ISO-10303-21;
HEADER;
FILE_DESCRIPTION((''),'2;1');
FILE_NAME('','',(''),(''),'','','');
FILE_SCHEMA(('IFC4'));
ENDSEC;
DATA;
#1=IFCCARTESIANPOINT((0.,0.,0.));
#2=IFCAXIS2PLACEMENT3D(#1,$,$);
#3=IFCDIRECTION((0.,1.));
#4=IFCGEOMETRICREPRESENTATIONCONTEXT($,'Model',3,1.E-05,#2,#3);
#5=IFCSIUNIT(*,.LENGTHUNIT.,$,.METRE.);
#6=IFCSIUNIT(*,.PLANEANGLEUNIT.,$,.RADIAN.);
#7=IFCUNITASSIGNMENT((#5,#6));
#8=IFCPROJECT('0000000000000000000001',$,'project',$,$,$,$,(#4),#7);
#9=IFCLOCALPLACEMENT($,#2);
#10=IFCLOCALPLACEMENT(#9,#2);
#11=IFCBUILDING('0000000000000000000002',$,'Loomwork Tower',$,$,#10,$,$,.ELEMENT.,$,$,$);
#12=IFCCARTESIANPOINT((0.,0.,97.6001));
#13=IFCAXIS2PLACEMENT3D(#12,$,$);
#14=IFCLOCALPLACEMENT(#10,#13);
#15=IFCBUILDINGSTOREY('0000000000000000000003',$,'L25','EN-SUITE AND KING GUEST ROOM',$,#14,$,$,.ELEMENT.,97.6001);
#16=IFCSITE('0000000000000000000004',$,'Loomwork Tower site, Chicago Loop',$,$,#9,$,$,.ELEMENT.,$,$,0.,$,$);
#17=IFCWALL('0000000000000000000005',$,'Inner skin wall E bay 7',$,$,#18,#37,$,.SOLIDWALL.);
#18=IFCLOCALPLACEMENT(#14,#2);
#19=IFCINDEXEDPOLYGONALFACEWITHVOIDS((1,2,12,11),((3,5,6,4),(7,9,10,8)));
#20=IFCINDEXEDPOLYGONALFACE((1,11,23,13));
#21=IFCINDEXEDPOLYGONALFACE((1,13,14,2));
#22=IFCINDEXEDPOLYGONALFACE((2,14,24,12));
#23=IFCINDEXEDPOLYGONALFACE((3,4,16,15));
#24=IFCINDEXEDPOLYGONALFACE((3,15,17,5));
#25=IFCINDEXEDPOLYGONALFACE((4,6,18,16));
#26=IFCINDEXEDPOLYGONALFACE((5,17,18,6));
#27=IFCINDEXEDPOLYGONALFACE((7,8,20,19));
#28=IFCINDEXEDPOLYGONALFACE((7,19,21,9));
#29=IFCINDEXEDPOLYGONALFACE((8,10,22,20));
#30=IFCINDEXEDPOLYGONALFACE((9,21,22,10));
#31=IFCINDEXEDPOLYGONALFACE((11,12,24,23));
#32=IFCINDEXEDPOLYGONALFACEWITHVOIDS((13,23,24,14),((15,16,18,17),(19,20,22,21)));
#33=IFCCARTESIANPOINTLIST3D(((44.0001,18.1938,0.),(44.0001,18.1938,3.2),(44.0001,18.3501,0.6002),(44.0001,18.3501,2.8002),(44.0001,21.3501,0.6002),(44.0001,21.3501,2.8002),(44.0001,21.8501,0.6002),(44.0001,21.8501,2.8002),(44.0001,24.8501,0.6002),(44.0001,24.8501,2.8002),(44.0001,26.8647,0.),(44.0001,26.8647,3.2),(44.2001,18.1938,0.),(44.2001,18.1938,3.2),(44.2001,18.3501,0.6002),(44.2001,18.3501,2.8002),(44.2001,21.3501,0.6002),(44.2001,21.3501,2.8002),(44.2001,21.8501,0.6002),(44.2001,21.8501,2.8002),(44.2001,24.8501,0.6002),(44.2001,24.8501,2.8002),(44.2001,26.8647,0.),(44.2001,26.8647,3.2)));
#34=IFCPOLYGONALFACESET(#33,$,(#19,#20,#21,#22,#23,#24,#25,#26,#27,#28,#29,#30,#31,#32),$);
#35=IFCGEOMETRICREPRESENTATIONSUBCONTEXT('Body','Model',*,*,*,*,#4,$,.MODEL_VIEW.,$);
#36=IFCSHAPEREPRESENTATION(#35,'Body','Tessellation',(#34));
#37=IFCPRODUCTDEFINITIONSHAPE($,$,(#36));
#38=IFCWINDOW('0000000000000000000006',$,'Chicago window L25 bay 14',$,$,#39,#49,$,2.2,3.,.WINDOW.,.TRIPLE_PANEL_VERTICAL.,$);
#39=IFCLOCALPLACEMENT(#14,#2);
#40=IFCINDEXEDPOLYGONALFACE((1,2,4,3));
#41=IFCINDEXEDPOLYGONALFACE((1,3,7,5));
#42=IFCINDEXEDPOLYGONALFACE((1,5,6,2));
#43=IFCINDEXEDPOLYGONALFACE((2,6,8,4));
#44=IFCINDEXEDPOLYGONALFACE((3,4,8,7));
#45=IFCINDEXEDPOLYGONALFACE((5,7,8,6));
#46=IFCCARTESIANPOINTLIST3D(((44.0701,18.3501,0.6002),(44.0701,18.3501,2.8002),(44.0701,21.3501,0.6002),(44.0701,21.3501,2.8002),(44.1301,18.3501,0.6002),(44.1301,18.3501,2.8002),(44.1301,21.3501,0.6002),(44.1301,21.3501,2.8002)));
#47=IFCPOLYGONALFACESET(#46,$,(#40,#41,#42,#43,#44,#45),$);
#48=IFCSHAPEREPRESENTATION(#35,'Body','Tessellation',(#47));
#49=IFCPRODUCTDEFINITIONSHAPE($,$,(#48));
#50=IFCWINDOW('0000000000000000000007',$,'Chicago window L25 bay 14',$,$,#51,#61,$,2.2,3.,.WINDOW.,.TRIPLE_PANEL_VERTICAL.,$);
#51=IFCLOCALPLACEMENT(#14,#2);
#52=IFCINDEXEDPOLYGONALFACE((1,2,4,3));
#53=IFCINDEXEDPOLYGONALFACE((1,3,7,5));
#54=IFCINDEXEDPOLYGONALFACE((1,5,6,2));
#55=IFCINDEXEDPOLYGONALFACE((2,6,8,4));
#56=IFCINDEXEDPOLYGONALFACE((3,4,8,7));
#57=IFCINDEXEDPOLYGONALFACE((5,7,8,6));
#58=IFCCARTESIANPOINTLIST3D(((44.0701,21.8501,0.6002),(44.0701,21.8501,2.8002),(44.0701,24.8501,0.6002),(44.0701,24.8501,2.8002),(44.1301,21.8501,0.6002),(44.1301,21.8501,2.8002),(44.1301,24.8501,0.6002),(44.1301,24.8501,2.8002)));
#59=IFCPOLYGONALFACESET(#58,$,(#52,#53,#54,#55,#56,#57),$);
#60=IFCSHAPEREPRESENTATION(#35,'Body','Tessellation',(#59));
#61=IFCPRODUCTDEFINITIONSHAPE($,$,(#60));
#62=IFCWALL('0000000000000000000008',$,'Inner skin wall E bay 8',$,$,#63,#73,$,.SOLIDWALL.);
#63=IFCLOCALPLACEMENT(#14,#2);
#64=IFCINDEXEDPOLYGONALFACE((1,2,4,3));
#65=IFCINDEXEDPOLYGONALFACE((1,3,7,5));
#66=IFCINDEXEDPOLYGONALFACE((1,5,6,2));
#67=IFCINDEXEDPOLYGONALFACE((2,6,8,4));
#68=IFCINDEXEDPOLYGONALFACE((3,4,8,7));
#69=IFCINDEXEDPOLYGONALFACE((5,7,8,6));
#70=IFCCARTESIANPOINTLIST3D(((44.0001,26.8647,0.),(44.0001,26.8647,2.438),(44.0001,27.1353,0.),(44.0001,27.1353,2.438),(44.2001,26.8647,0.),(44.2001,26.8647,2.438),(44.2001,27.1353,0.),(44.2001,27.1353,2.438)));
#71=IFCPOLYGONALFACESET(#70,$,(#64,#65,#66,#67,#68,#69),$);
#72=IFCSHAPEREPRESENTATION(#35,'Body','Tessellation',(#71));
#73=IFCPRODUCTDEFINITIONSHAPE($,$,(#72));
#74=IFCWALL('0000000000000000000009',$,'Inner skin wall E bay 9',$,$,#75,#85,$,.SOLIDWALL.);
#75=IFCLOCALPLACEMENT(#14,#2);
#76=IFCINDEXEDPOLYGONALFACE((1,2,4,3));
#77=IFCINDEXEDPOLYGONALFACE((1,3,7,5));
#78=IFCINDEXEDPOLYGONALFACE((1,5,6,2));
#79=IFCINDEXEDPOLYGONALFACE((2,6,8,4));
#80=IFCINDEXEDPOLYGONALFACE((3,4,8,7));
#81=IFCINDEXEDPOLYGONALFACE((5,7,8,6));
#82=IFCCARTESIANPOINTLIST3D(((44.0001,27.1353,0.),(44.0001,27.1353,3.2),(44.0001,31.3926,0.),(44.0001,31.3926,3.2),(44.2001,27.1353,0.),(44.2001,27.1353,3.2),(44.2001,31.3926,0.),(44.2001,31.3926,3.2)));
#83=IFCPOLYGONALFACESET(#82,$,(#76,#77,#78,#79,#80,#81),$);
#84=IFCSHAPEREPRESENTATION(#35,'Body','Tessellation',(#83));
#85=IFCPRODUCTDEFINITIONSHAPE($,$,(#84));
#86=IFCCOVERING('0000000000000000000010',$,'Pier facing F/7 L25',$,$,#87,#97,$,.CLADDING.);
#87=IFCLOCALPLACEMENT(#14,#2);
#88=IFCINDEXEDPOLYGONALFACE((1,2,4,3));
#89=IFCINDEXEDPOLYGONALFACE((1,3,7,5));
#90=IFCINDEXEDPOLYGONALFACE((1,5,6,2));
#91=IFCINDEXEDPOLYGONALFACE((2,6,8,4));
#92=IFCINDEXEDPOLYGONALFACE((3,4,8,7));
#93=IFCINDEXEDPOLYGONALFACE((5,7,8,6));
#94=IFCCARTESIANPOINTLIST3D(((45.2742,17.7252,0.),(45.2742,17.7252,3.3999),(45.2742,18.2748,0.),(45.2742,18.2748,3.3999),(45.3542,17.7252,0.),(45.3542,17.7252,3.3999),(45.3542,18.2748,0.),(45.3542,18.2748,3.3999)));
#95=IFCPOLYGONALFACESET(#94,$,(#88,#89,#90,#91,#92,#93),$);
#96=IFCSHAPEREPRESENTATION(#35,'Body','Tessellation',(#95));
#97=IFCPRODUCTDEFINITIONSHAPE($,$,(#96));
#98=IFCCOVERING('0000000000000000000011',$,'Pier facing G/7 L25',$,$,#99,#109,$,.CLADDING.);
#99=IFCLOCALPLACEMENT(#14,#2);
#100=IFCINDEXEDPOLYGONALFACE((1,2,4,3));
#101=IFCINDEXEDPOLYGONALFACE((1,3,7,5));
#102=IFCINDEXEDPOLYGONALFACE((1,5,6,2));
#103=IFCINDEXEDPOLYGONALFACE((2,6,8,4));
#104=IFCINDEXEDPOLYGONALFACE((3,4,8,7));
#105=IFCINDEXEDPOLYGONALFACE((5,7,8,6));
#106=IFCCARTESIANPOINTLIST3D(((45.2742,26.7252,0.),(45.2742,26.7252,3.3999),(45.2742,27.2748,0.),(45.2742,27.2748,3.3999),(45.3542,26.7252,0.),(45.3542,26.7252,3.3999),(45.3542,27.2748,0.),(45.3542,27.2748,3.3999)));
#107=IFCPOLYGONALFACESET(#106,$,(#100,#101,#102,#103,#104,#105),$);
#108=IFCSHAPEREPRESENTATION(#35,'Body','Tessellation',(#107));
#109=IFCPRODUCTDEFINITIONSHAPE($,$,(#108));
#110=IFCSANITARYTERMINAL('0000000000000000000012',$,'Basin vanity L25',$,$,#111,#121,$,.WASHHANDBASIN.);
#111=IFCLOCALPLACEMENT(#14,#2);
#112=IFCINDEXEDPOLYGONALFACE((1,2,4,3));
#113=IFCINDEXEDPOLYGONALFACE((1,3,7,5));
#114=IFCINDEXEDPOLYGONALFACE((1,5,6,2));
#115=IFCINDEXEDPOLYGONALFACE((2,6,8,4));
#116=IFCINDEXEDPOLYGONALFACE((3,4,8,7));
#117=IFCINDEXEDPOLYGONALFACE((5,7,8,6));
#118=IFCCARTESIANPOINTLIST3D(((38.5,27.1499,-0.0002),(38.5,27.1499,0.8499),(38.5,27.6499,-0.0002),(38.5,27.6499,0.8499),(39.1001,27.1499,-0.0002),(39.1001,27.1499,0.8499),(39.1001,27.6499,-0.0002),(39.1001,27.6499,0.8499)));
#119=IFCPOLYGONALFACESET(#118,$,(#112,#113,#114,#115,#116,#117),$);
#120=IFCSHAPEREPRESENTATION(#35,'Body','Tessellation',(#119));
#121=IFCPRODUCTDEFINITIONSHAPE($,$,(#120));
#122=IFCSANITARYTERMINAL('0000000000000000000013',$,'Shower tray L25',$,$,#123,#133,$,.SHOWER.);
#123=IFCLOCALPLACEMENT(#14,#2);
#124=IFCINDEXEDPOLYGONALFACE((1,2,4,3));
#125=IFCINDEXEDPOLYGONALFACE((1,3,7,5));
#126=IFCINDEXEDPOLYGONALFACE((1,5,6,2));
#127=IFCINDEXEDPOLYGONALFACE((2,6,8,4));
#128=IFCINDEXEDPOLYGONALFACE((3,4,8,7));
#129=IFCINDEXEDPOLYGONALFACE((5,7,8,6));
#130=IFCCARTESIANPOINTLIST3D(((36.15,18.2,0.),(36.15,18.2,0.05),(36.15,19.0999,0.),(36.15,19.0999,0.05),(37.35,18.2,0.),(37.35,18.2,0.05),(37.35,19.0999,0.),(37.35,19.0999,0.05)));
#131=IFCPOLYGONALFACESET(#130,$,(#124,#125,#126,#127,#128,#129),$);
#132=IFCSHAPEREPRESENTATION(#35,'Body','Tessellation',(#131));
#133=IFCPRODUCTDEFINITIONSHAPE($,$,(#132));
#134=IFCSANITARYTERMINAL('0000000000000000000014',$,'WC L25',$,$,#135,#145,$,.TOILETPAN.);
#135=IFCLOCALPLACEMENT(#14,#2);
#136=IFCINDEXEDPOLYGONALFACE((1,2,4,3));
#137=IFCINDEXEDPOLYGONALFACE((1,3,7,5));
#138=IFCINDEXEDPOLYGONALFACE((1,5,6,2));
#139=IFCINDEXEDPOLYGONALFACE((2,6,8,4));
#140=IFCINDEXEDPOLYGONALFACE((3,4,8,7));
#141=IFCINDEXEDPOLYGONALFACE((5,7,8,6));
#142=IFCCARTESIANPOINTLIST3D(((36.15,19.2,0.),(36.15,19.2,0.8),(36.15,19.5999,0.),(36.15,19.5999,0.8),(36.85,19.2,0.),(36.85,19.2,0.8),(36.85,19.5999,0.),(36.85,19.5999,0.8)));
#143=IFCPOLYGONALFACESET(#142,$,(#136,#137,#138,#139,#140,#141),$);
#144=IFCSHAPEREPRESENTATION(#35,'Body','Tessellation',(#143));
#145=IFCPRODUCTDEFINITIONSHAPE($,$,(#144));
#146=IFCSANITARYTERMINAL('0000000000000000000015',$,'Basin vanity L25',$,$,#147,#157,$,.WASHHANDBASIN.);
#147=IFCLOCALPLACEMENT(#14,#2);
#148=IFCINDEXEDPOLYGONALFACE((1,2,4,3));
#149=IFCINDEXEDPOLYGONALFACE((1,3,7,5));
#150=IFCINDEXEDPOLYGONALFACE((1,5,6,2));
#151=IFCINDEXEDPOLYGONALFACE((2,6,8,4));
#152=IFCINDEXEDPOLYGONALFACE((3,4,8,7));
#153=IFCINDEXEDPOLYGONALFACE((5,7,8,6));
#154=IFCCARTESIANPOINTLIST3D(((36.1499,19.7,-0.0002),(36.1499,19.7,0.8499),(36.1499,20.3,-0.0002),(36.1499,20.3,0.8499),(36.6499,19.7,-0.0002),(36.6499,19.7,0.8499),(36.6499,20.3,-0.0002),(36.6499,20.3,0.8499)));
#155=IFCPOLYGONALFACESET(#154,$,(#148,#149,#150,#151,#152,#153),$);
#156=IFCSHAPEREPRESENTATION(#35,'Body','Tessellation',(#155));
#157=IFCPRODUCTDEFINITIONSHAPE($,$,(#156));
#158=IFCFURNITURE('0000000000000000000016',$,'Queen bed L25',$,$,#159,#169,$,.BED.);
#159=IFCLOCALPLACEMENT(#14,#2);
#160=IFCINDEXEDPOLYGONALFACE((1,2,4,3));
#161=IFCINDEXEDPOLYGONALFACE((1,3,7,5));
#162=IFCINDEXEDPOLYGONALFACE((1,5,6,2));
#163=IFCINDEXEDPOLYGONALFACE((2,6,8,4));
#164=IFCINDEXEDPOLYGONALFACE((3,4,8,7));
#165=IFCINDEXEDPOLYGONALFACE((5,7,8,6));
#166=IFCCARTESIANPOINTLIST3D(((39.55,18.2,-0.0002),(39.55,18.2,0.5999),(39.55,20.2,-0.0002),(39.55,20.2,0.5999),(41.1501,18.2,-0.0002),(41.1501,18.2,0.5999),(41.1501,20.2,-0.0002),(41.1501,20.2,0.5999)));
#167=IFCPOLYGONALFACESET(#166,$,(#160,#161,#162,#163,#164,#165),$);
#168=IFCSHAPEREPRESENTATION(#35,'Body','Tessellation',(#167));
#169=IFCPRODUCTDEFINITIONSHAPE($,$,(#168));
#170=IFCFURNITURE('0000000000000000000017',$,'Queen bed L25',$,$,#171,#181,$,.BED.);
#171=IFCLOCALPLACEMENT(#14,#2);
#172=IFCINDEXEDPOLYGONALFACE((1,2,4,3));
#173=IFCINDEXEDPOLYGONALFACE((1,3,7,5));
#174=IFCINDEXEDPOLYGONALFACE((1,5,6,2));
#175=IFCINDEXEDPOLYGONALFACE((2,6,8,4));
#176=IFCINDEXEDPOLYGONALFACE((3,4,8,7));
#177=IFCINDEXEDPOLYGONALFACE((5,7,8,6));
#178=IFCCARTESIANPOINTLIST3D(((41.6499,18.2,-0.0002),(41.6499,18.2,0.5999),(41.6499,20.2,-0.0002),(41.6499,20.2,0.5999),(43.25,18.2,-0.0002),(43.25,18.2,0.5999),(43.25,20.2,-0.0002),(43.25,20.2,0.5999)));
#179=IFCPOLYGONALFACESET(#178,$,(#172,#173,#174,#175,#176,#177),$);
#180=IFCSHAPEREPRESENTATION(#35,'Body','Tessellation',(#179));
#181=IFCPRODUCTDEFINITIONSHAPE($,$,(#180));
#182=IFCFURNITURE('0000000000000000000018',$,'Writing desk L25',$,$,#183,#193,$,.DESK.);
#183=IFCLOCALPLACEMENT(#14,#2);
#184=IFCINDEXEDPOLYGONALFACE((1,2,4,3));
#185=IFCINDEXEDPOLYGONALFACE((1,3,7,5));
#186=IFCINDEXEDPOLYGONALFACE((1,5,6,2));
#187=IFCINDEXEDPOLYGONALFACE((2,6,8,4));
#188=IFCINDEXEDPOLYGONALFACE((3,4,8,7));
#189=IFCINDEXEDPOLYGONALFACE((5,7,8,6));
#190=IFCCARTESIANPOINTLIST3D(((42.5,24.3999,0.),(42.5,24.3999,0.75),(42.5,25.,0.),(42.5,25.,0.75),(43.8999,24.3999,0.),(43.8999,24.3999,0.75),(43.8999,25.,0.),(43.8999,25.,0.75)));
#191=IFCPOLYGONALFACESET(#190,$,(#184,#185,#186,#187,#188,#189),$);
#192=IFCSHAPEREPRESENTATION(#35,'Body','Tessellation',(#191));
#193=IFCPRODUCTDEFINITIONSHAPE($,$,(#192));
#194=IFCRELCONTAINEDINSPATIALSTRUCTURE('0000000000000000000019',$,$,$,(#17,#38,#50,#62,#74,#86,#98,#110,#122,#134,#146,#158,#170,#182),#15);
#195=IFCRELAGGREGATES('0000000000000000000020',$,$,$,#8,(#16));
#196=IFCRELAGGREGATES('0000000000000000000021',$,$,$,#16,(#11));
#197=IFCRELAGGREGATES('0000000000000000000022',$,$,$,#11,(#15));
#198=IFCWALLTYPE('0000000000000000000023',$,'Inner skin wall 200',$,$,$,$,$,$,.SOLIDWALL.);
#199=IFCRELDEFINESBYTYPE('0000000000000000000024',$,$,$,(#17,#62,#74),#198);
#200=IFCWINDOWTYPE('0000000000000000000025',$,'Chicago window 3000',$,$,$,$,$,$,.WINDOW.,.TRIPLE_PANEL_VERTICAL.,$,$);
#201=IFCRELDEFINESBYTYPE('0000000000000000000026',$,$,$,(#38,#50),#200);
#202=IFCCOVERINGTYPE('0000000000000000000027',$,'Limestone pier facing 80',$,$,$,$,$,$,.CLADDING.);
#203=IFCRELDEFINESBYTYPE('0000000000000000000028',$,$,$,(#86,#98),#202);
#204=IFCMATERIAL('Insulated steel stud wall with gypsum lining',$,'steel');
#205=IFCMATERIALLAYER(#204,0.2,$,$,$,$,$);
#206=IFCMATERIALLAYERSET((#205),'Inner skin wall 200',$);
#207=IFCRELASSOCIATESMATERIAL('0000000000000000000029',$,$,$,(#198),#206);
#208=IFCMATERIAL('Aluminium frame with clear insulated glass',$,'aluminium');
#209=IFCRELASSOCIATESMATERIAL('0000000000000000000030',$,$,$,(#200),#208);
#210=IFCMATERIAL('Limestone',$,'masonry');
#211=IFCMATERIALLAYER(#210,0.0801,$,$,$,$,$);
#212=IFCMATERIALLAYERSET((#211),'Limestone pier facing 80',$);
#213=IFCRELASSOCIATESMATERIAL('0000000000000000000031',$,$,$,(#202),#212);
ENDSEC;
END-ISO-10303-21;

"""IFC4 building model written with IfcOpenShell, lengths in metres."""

from ifc_helpers import new_model, si_unit, direction, frame, frame_2d, origin, origin_2d, place, context, subcontext, project, spatial, rectangle, extrude, material, layer, layer_set, type_object, element, fill, save


model = new_model("IFC4")

# Units and contexts
model_context = context("Model", 3, precision=1e-05, world=origin(), true_north=direction((0.0, 1.0)))
body_context = subcontext(model_context, "Body", "Model", "MODEL_VIEW")
ifc_project = project(units=[si_unit("LENGTHUNIT", "METRE"), si_unit("PLANEANGLEUNIT", "RADIAN")], contexts=[model_context])

# Site, building, storey
site_placement = place(None, origin())
site = spatial("IfcSite", under=ifc_project, at=site_placement, Name="Loomwork Tower site, Chicago Loop", CompositionType="ELEMENT", RefElevation=0.0)
building_placement = place(site_placement, origin())
building = spatial("IfcBuilding", under=site, at=building_placement, Name="Loomwork Tower", CompositionType="ELEMENT")
storey_placement = place(building_placement, frame((0.0, 0.0, 97.6001)))
storey = spatial("IfcBuildingStorey", under=building, at=storey_placement, Name="L25", Description="EN-SUITE AND KING GUEST ROOM", CompositionType="ELEMENT", Elevation=97.6001)

# Wall, openings, windows
ifc_material_1 = material(Name="Insulated steel stud wall with gypsum lining", Category="steel")
ifc_layer_1 = layer(ifc_material_1, 0.2)
ifc_layer_set_1 = layer_set([ifc_layer_1], Name="Inner skin wall 200")
wall_type_1 = type_object("IfcWallType", Name="Inner skin wall 200", PredefinedType="SOLIDWALL", material=ifc_layer_set_1)
wall_1_placement = place(storey_placement, frame((44.1001, 18.1938, 0.0), z_axis=(0.0, 0.0, 1.0), x_axis=(0.0, 1.0, 0.0)))
wall_1 = element("IfcWall", 1, at=wall_1_placement, inside=storey, type_object=wall_type_1, Name="Inner skin wall E bay 7", PredefinedType="SOLIDWALL", context=body_context, shape_type="SweptSolid", body=[
    extrude(rectangle(XDim=8.6709, YDim=0.2, at=frame_2d((4.3354, 0.0))), origin(), (0.0, 0.0, 1.0), 3.2),
])
opening_1_placement = place(wall_1_placement, frame((0.1562, 0.0, 0.6001)))
opening_1 = element("IfcOpeningElement", 2, at=opening_1_placement, cuts=wall_1, PredefinedType="OPENING", context=body_context, shape_type="SweptSolid", body=[
    extrude(rectangle(XDim=3.0, YDim=2.2, at=frame_2d((1.5, 1.1001))), frame((0.0, 0.1099, 0.0), z_axis=(0.0, -1.0, 0.0), x_axis=(1.0, 0.0, 0.0)), (0.0, 0.0, 1.0), 0.22),
])
opening_2_placement = place(wall_1_placement, frame((3.6562, 0.0, 0.6001)))
opening_2 = element("IfcOpeningElement", 3, at=opening_2_placement, cuts=wall_1, PredefinedType="OPENING", context=body_context, shape_type="SweptSolid", body=[
    extrude(rectangle(XDim=3.0, YDim=2.2, at=frame_2d((1.5, 1.1001))), frame((0.0, 0.1099, 0.0), z_axis=(0.0, -1.0, 0.0), x_axis=(1.0, 0.0, 0.0)), (0.0, 0.0, 1.0), 0.22),
])
ifc_material_2 = material(Name="Aluminium frame with clear insulated glass", Category="aluminium")
window_type = type_object("IfcWindowType", Name="Chicago window 3000", PartitioningType="TRIPLE_PANEL_VERTICAL", PredefinedType="WINDOW", material=ifc_material_2)
window_1_placement = place(opening_1_placement, origin())
window_1 = element("IfcWindow", 4, at=window_1_placement, inside=storey, type_object=window_type, Name="Chicago window L25 bay 14", OverallHeight=2.2, OverallWidth=3.0, PartitioningType="TRIPLE_PANEL_VERTICAL", PredefinedType="WINDOW", context=body_context, shape_type="SweptSolid", body=[
    extrude(rectangle(XDim=3.0, YDim=2.2, at=frame_2d((1.5, 1.1001))), frame((0.0, 0.03, 0.0), z_axis=(0.0, -1.0, 0.0), x_axis=(1.0, 0.0, 0.0)), (0.0, 0.0, 1.0), 0.0601),
])
fill(opening_1, window_1)
window_2_placement = place(opening_2_placement, origin())
window_2 = element("IfcWindow", 5, at=window_2_placement, inside=storey, type_object=window_type, Name="Chicago window L25 bay 14", OverallHeight=2.2, OverallWidth=3.0, PartitioningType="TRIPLE_PANEL_VERTICAL", PredefinedType="WINDOW", context=body_context, shape_type="SweptSolid", body=[
    extrude(rectangle(XDim=3.0, YDim=2.2, at=frame_2d((1.5, 1.1001))), frame((0.0, 0.03, 0.0), z_axis=(0.0, -1.0, 0.0), x_axis=(1.0, 0.0, 0.0)), (0.0, 0.0, 1.0), 0.0601),
])
fill(opening_2, window_2)

# Walls
wall_2_placement = place(storey_placement, frame((44.1001, 26.8647, 0.0), z_axis=(0.0, 0.0, 1.0), x_axis=(0.0, 1.0, 0.0)))
element("IfcWall", 6, at=wall_2_placement, inside=storey, type_object=wall_type_1, Name="Inner skin wall E bay 8", PredefinedType="SOLIDWALL", context=body_context, shape_type="SweptSolid", body=[
    extrude(rectangle(XDim=0.2705, YDim=0.2, at=frame_2d((0.1353, 0.0))), origin(), (0.0, 0.0, 1.0), 2.438),
])
wall_3_placement = place(storey_placement, frame((44.1001, 27.1353, 0.0), z_axis=(0.0, 0.0, 1.0), x_axis=(0.0, 1.0, 0.0)))
element("IfcWall", 7, at=wall_3_placement, inside=storey, type_object=wall_type_1, Name="Inner skin wall E bay 9", PredefinedType="SOLIDWALL", context=body_context, shape_type="SweptSolid", body=[
    extrude(rectangle(XDim=4.2573, YDim=0.2, at=frame_2d((2.1287, 0.0))), origin(), (0.0, 0.0, 1.0), 3.2),
])

# Coverings
ifc_material_3 = material(Name="Limestone", Category="masonry")
ifc_layer_2 = layer(ifc_material_3, 0.0801)
ifc_layer_set_2 = layer_set([ifc_layer_2], Name="Limestone pier facing 80")
covering_type = type_object("IfcCoveringType", Name="Limestone pier facing 80", PredefinedType="CLADDING", material=ifc_layer_set_2)
for number, where, z_axis, x_axis, name in (
    (8, (45.3142, 18.0, 0.0), (0.0, 0.0, 1.0), (1.0, 0.0, 0.0), "Pier facing F/7 L25"),
    (9, (45.3142, 27.0, 0.0), (0.0, 0.0, 1.0), (1.0, 0.0, 0.0), "Pier facing G/7 L25"),
):
    element("IfcCovering", number, at=place(storey_placement, frame(where, z_axis=z_axis, x_axis=x_axis)), inside=storey, type_object=covering_type, Name=name, PredefinedType="CLADDING", context=body_context, shape_type="SweptSolid", body=[
        extrude(rectangle(XDim=0.0801, YDim=0.5496, at=origin_2d()), origin(), (0.0, 0.0, 1.0), 3.3999),
    ])

# Sanitary terminals
sanitary_terminal_1_placement = place(storey_placement, frame((38.8, 27.3999, -0.0002), z_axis=(0.0, 0.0, 1.0), x_axis=(1.0, 0.0, 0.0)))
element("IfcSanitaryTerminal", 10, at=sanitary_terminal_1_placement, inside=storey, Name="Basin vanity L25", PredefinedType="WASHHANDBASIN", context=body_context, shape_type="SweptSolid", body=[
    extrude(rectangle(XDim=0.6001, YDim=0.5, at=origin_2d()), origin(), (0.0, 0.0, 1.0), 0.8501),
])
sanitary_terminal_2_placement = place(storey_placement, frame((36.75, 18.6499, 0.0), z_axis=(0.0, 0.0, 1.0), x_axis=(1.0, 0.0, 0.0)))
element("IfcSanitaryTerminal", 11, at=sanitary_terminal_2_placement, inside=storey, Name="Shower tray L25", PredefinedType="SHOWER", context=body_context, shape_type="SweptSolid", body=[
    extrude(rectangle(XDim=1.2, YDim=0.8999, at=origin_2d()), origin(), (0.0, 0.0, 1.0), 0.05),
])
sanitary_terminal_3_placement = place(storey_placement, frame((36.5, 19.3999, 0.0), z_axis=(0.0, 0.0, 1.0), x_axis=(1.0, 0.0, 0.0)))
element("IfcSanitaryTerminal", 12, at=sanitary_terminal_3_placement, inside=storey, Name="WC L25", PredefinedType="TOILETPAN", context=body_context, shape_type="SweptSolid", body=[
    extrude(rectangle(XDim=0.7, YDim=0.3999, at=origin_2d()), origin(), (0.0, 0.0, 1.0), 0.8),
])
sanitary_terminal_4_placement = place(storey_placement, frame((36.3999, 20.0, -0.0002), z_axis=(0.0, 0.0, 1.0), x_axis=(1.0, 0.0, 0.0)))
element("IfcSanitaryTerminal", 13, at=sanitary_terminal_4_placement, inside=storey, Name="Basin vanity L25", PredefinedType="WASHHANDBASIN", context=body_context, shape_type="SweptSolid", body=[
    extrude(rectangle(XDim=0.5, YDim=0.6001, at=origin_2d()), origin(), (0.0, 0.0, 1.0), 0.8501),
])

# Furniture
for number, where, z_axis, x_axis, name in (
    (14, (40.3501, 19.2, -0.0002), (0.0, 0.0, 1.0), (1.0, 0.0, 0.0), "Queen bed L25"),
    (15, (42.45, 19.2, -0.0002), (0.0, 0.0, 1.0), (1.0, 0.0, 0.0), "Queen bed L25"),
):
    element("IfcFurniture", number, at=place(storey_placement, frame(where, z_axis=z_axis, x_axis=x_axis)), inside=storey, Name=name, PredefinedType="BED", context=body_context, shape_type="SweptSolid", body=[
        extrude(rectangle(XDim=1.6001, YDim=2.0, at=origin_2d()), origin(), (0.0, 0.0, 1.0), 0.6001),
    ])
furniture_1_placement = place(storey_placement, frame((43.2, 24.7, 0.0), z_axis=(0.0, 0.0, 1.0), x_axis=(1.0, 0.0, 0.0)))
element("IfcFurniture", 16, at=furniture_1_placement, inside=storey, Name="Writing desk L25", PredefinedType="DESK", context=body_context, shape_type="SweptSolid", body=[
    extrude(rectangle(XDim=1.3999, YDim=0.6001, at=origin_2d()), origin(), (0.0, 0.0, 1.0), 0.75),
])

save(model, "model.ifc")
